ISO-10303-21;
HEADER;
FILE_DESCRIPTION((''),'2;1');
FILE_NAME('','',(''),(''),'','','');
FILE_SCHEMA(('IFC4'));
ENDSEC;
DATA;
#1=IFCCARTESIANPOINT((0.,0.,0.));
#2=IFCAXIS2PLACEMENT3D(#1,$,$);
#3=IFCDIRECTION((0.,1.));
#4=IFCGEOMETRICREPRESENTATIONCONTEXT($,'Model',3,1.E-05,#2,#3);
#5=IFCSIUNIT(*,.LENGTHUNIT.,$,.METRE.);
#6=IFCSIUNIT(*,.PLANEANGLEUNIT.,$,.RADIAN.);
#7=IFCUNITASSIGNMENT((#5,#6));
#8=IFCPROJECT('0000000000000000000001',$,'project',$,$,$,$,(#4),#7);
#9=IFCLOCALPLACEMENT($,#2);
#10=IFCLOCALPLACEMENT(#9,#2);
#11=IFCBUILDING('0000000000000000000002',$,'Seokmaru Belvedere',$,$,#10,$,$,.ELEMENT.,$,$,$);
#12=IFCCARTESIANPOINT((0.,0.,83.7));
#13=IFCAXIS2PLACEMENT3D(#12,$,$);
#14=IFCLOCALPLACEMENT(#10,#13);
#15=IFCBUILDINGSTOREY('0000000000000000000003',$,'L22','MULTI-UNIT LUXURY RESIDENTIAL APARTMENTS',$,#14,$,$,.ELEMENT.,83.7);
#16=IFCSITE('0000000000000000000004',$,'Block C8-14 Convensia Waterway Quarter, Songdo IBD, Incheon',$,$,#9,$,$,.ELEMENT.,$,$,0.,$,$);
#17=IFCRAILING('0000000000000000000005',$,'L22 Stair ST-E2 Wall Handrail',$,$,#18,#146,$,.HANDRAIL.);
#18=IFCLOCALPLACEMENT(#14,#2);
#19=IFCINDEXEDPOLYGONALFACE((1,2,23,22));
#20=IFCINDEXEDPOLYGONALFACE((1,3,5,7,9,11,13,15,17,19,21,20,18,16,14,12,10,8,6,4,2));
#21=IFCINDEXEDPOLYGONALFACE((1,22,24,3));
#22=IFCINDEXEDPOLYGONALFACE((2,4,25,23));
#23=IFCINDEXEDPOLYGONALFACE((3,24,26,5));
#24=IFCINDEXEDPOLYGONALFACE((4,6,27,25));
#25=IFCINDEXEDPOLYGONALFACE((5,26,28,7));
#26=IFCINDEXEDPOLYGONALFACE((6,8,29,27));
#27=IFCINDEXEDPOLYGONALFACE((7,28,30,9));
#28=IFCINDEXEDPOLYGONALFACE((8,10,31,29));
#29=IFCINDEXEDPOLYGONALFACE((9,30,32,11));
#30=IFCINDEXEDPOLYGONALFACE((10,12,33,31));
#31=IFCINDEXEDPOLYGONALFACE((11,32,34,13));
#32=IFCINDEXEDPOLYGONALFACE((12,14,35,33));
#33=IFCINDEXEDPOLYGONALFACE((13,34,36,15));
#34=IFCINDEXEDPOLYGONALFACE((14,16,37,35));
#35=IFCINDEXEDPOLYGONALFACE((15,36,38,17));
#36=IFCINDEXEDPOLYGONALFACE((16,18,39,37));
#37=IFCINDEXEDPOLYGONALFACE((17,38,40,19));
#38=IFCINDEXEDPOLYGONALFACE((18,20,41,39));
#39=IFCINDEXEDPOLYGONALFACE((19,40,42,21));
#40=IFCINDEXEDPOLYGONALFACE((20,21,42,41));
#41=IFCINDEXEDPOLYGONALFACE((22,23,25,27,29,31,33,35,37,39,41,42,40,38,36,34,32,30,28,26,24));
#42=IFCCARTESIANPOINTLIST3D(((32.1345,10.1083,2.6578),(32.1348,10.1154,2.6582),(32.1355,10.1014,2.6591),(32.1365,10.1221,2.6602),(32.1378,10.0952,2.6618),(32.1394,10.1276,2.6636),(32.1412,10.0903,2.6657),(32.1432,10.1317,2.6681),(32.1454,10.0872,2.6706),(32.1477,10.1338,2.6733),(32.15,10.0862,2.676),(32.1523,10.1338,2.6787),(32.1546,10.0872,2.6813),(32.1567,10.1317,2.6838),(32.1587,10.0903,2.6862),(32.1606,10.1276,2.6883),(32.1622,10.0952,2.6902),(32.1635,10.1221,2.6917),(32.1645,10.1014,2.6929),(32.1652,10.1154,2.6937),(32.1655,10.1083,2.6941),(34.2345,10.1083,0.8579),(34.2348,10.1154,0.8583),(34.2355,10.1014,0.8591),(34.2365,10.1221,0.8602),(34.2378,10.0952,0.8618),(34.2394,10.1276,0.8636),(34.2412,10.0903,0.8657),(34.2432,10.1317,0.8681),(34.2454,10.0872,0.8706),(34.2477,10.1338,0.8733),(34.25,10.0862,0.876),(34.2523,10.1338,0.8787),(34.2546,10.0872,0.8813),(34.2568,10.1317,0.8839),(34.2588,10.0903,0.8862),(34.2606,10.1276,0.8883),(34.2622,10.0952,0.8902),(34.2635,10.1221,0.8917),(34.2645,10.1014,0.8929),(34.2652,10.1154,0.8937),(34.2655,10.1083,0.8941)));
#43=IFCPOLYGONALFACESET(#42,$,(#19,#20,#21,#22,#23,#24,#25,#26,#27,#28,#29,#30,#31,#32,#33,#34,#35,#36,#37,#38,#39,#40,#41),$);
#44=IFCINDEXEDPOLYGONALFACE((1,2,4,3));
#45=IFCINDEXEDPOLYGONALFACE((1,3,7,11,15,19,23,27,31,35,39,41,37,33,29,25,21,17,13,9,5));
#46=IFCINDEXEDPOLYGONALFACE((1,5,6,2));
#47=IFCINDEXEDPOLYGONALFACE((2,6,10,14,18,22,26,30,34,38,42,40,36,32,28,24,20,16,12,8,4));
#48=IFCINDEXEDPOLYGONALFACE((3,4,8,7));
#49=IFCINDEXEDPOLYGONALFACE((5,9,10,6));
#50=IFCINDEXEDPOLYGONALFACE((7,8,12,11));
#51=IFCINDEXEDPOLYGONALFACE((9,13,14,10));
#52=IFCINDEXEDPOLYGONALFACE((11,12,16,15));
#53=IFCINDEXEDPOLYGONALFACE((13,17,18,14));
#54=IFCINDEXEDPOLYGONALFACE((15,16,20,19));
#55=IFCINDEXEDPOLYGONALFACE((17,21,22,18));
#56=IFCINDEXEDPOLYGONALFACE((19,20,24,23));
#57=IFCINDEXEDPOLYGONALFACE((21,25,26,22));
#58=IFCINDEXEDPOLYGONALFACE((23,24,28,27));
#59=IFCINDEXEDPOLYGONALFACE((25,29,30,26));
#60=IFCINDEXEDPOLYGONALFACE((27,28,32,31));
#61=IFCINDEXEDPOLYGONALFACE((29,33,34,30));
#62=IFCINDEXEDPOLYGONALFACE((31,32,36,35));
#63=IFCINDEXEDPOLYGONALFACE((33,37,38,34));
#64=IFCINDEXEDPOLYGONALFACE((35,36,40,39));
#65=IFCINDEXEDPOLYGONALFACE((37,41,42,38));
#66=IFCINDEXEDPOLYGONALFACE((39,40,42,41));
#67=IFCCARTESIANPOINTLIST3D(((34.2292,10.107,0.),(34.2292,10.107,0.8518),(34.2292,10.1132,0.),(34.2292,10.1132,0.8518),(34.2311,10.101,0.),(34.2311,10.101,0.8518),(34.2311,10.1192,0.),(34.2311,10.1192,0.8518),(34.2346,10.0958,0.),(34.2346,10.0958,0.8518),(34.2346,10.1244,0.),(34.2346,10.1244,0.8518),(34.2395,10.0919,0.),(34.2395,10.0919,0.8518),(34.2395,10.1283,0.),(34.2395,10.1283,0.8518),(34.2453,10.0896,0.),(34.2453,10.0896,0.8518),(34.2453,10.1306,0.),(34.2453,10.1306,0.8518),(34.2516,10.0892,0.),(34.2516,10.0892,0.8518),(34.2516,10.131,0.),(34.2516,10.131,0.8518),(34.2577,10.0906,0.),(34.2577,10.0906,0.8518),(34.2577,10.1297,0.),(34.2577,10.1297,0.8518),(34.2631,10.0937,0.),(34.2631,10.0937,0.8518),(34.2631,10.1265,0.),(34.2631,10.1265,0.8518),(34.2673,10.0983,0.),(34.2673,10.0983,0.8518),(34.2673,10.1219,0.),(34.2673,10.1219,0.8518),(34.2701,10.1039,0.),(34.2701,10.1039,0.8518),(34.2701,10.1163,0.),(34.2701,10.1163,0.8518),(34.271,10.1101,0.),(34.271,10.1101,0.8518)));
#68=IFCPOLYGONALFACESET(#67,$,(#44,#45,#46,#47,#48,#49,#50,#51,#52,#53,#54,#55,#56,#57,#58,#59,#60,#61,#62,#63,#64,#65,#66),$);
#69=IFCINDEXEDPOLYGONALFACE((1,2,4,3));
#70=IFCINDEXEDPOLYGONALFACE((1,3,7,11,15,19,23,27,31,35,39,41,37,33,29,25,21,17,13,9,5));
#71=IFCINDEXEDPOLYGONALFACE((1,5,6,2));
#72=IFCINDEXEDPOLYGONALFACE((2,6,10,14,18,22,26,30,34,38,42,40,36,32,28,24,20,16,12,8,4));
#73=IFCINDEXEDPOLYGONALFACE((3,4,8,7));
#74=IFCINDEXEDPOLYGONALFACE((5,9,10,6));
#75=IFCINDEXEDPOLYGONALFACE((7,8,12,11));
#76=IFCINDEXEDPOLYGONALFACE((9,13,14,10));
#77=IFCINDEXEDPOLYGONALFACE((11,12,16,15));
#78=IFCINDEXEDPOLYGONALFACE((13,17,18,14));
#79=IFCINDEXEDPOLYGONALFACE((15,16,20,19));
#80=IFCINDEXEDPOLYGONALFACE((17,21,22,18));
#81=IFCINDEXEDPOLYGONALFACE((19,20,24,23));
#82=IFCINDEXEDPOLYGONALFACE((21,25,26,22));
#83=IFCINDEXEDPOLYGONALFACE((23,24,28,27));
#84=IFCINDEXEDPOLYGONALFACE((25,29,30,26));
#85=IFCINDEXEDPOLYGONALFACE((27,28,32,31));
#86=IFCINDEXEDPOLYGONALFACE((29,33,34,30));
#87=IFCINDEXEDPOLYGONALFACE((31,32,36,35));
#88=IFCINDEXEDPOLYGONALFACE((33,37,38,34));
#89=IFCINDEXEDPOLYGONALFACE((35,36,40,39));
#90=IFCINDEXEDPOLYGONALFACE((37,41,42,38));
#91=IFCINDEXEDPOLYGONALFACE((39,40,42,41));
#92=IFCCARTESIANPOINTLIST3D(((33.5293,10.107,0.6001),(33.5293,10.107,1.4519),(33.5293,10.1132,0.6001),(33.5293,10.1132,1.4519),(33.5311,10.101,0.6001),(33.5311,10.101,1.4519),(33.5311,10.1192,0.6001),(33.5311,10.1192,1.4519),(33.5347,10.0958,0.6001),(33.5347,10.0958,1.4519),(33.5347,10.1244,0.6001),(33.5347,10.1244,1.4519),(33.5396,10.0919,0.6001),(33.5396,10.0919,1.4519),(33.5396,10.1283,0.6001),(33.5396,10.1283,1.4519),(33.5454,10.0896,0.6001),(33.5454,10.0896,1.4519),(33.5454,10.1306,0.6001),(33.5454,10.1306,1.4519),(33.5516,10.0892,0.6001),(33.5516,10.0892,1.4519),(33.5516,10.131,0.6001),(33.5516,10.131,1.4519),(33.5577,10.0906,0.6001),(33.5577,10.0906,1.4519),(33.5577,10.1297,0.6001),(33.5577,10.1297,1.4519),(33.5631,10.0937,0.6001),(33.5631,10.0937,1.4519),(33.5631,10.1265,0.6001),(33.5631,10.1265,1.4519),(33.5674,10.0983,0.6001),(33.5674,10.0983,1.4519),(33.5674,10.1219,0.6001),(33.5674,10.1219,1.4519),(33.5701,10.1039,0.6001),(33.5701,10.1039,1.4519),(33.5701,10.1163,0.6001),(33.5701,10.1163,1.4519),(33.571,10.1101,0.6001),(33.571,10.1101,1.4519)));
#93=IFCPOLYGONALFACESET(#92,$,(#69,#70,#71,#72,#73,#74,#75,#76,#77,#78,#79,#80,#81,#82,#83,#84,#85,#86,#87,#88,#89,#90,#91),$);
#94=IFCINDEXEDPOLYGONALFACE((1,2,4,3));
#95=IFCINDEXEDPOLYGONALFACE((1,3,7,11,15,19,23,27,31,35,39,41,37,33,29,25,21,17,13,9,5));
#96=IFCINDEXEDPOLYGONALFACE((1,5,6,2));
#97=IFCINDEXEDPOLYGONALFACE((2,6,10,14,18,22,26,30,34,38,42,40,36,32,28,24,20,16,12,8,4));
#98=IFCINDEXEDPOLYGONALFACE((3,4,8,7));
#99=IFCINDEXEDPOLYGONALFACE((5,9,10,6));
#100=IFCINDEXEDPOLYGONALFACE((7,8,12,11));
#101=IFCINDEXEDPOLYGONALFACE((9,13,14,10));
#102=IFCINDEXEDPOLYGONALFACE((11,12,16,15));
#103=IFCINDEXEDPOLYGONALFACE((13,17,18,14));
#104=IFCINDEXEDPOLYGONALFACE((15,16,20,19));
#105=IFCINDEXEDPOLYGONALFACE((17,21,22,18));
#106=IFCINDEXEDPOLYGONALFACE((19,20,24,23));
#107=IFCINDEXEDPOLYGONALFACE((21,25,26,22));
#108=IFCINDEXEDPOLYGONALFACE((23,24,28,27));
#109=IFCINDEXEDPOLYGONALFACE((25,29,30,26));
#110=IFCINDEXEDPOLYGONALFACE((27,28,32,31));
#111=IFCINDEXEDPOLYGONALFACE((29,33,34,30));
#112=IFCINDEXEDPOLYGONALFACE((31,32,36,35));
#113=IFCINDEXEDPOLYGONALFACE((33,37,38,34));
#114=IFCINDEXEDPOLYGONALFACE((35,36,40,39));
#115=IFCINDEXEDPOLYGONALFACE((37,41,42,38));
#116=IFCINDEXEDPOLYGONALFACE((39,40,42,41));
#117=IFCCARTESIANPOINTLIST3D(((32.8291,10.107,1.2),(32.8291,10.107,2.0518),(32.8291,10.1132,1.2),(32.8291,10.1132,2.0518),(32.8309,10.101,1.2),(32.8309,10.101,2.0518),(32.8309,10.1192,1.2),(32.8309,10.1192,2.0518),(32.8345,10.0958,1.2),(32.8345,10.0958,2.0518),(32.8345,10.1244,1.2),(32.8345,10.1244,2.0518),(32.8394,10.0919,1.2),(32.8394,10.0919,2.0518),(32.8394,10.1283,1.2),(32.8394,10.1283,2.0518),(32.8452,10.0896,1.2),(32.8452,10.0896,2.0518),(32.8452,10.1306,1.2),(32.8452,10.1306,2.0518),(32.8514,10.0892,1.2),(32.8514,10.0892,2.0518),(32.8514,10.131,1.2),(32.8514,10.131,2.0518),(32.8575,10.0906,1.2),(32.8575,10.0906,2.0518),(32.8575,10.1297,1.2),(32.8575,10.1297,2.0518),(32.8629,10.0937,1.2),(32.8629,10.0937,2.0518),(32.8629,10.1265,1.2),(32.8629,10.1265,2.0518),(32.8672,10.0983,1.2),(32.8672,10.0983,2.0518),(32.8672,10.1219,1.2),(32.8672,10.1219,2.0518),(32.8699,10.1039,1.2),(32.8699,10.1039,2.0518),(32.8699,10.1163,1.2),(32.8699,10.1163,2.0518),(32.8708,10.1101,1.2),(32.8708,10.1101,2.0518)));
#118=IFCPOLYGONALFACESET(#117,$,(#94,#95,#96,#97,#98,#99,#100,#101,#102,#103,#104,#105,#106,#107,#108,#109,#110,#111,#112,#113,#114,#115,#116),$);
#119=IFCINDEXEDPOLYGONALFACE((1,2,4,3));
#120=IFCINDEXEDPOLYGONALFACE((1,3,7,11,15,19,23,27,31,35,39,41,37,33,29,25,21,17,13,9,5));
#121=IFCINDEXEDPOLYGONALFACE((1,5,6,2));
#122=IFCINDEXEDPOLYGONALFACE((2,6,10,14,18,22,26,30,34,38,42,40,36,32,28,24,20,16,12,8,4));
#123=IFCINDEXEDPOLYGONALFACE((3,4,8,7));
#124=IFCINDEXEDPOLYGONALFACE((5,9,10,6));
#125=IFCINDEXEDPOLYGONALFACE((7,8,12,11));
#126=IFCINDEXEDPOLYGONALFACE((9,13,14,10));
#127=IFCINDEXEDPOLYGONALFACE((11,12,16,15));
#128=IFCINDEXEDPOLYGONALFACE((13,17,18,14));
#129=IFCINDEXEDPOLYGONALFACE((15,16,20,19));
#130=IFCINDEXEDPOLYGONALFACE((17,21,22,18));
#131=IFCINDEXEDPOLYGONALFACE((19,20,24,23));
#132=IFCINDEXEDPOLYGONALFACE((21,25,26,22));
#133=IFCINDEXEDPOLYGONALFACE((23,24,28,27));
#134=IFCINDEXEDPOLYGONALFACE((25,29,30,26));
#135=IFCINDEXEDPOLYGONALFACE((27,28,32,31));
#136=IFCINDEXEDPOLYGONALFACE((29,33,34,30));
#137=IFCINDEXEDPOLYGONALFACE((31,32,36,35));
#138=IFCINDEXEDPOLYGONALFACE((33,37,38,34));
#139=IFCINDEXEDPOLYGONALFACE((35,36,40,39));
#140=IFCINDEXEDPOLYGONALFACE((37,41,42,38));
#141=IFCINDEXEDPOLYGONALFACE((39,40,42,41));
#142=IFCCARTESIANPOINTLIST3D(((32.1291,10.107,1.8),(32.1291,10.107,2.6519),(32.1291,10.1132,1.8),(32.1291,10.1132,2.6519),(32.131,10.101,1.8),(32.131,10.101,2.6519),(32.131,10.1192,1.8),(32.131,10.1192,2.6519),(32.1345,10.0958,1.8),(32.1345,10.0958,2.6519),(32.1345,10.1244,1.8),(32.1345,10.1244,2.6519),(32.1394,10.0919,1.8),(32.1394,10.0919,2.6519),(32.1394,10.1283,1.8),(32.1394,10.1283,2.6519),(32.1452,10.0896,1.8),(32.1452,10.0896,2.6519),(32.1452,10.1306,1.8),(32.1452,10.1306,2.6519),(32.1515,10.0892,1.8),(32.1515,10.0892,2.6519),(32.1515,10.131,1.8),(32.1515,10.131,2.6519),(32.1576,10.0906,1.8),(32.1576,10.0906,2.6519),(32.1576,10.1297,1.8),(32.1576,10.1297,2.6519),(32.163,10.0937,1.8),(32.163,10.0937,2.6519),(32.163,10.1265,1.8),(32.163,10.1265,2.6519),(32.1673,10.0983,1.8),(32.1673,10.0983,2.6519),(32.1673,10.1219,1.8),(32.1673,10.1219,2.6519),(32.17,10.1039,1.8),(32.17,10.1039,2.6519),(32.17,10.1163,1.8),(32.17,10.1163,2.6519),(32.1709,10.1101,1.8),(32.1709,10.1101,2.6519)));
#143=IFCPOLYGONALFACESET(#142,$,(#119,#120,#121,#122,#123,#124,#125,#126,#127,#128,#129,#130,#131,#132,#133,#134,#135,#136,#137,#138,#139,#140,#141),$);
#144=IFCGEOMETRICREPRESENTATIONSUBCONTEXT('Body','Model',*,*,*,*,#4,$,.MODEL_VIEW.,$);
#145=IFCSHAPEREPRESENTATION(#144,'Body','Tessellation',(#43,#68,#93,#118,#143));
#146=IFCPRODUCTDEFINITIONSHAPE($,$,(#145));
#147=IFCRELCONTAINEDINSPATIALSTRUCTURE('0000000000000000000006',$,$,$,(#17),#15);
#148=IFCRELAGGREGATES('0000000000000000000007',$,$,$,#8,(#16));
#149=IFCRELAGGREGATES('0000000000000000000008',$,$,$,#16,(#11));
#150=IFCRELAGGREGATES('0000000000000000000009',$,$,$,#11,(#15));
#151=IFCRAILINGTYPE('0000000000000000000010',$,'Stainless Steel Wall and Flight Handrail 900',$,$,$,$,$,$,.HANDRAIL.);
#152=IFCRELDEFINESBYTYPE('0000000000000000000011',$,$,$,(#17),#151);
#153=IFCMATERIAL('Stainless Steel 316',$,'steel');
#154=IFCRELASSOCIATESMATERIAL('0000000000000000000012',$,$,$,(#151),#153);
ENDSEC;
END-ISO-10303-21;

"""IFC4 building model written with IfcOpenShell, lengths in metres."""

from ifc_helpers import new_model, si_unit, direction, frame, origin, origin_2d, place, context, subcontext, project, spatial, circle, extrude, material, type_object, element, save


model = new_model("IFC4")

# Units and contexts
model_context = context("Model", 3, precision=1e-05, world=origin(), true_north=direction((0.0, 1.0)))
body_context = subcontext(model_context, "Body", "Model", "MODEL_VIEW")
ifc_project = project(units=[si_unit("LENGTHUNIT", "METRE"), si_unit("PLANEANGLEUNIT", "RADIAN")], contexts=[model_context])

# Site, building, storey
site_placement = place(None, origin())
site = spatial("IfcSite", under=ifc_project, at=site_placement, Name="Block C8-14 Convensia Waterway Quarter, Songdo IBD, Incheon", CompositionType="ELEMENT", RefElevation=0.0)
building_placement = place(site_placement, origin())
building = spatial("IfcBuilding", under=site, at=building_placement, Name="Seokmaru Belvedere", CompositionType="ELEMENT")
storey_placement = place(building_placement, frame((0.0, 0.0, 83.7)))
storey = spatial("IfcBuildingStorey", under=building, at=storey_placement, Name="L22", Description="MULTI-UNIT LUXURY RESIDENTIAL APARTMENTS", CompositionType="ELEMENT", Elevation=83.7)

# Railing
ifc_material_1 = material(Name="Stainless Steel 316", Category="steel")
railing_type_1 = type_object("IfcRailingType", Name="Stainless Steel Wall and Flight Handrail 900", PredefinedType="HANDRAIL", material=ifc_material_1)
railing_1_placement = place(storey_placement, frame((34.25, 10.1101, 0.0)))
element("IfcRailing", 1, at=railing_1_placement, inside=storey, type_object=railing_type_1, Name="L22 Stair ST-E2 Wall Handrail", PredefinedType="HANDRAIL", context=body_context, shape_type="SweptSolid", body=[
    extrude(circle(Radius=0.0239, at=origin_2d()), frame((0.0, 0.0, 0.876), z_axis=(-0.759263, 0.0, 0.650784), x_axis=(0.0, -1.0, 0.0)), (0.0, 0.0, 1.0), 2.7659),
    extrude(circle(Radius=0.021, at=origin_2d()), origin(), (0.0, 0.0, 1.0), 0.8518),
    extrude(circle(Radius=0.021, at=origin_2d()), frame((-0.7, 0.0, 0.6001)), (0.0, 0.0, 1.0), 0.8518),
    extrude(circle(Radius=0.021, at=origin_2d()), frame((-1.4001, 0.0, 1.2)), (0.0, 0.0, 1.0), 0.8518),
    extrude(circle(Radius=0.021, at=origin_2d()), frame((-2.1001, 0.0, 1.8)), (0.0, 0.0, 1.0), 0.8518),
])

save(model, "model.ifc")
